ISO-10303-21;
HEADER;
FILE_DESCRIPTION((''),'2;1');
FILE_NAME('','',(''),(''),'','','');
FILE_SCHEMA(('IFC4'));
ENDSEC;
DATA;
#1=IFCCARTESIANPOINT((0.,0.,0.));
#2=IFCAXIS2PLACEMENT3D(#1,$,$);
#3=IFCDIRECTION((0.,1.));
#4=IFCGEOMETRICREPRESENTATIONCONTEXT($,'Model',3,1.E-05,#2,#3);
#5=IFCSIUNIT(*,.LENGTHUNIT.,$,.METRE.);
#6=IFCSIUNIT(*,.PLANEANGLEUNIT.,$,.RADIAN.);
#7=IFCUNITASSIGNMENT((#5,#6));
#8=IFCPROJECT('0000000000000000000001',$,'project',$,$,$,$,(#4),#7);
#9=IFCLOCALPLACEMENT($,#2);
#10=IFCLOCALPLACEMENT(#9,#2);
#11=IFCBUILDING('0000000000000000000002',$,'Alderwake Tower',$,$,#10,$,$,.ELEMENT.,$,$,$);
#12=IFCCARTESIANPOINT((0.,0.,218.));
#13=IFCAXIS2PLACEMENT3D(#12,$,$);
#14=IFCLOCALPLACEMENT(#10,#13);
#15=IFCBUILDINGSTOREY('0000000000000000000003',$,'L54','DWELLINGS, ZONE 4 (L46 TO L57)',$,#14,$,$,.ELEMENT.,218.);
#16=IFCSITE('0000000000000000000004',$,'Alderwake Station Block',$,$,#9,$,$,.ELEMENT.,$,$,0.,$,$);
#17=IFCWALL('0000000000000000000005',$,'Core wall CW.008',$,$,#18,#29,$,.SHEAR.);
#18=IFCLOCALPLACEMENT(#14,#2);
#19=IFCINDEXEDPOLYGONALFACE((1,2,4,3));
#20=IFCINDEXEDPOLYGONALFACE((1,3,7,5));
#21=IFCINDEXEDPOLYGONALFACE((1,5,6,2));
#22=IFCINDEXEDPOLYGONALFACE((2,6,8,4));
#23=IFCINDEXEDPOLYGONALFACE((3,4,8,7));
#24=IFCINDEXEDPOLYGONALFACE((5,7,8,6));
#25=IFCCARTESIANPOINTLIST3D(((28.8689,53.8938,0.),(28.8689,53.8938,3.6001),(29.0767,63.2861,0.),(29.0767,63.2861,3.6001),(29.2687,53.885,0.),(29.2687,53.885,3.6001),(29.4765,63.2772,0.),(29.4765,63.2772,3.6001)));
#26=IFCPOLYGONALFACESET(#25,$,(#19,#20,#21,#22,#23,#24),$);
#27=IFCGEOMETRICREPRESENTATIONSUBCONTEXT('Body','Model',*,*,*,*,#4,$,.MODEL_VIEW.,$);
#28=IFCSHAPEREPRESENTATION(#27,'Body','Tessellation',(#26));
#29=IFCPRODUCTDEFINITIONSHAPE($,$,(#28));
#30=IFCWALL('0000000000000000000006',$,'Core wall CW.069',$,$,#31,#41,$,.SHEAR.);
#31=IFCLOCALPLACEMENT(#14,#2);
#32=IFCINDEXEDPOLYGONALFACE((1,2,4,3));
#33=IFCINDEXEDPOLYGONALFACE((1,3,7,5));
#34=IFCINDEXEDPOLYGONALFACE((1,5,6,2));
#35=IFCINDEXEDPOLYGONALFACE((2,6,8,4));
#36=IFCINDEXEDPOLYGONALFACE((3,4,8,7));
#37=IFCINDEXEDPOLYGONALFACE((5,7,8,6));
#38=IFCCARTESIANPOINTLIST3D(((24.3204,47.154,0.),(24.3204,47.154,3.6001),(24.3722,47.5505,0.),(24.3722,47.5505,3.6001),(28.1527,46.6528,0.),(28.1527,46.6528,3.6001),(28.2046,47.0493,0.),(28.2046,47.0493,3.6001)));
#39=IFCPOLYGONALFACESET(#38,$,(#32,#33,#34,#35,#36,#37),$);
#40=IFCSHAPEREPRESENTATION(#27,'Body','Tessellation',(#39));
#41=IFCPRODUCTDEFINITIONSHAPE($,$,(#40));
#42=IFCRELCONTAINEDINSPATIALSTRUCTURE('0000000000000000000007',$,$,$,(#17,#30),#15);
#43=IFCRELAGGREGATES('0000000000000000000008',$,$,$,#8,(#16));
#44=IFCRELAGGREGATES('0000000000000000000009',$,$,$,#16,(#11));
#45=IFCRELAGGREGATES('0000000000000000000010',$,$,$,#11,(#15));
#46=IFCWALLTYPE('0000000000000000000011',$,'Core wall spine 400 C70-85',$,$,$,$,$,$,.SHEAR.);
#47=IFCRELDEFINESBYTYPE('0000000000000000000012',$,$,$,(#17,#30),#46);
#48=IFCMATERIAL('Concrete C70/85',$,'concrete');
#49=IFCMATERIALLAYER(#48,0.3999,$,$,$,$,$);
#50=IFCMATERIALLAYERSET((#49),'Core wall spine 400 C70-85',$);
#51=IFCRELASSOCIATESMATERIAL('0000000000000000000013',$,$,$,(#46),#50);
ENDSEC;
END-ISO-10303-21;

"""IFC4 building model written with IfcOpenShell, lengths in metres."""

from ifc_helpers import new_model, si_unit, direction, frame, frame_2d, origin, place, context, subcontext, project, spatial, rectangle, extrude, material, layer, layer_set, type_object, element, save


model = new_model("IFC4")

# Units and contexts
model_context = context("Model", 3, precision=1e-05, world=origin(), true_north=direction((0.0, 1.0)))
body_context = subcontext(model_context, "Body", "Model", "MODEL_VIEW")
ifc_project = project(units=[si_unit("LENGTHUNIT", "METRE"), si_unit("PLANEANGLEUNIT", "RADIAN")], contexts=[model_context])

# Site, building, storey
site_placement = place(None, origin())
site = spatial("IfcSite", under=ifc_project, at=site_placement, Name="Alderwake Station Block", CompositionType="ELEMENT", RefElevation=0.0)
building_placement = place(site_placement, origin())
building = spatial("IfcBuilding", under=site, at=building_placement, Name="Alderwake Tower", CompositionType="ELEMENT")
storey_placement = place(building_placement, frame((0.0, 0.0, 218.0)))
storey = spatial("IfcBuildingStorey", under=building, at=storey_placement, Name="L54", Description="DWELLINGS, ZONE 4 (L46 TO L57)", CompositionType="ELEMENT", Elevation=218.0)

# Shared definitions
ifc_material_1 = material(Name="Concrete C70/85", Category="concrete")
ifc_layer_1 = layer(ifc_material_1, 0.3999)
ifc_layer_set_1 = layer_set([ifc_layer_1], Name="Core wall spine 400 C70-85")
wall_type_1 = type_object("IfcWallType", Name="Core wall spine 400 C70-85", PredefinedType="SHEAR", material=ifc_layer_set_1)

# Walls
wall_1_placement = place(storey_placement, frame((29.0688, 53.8894, 0.0), z_axis=(0.0, 0.0, 1.0), x_axis=(0.022115, 0.999755, 0.0)))
element("IfcWall", 1, at=wall_1_placement, inside=storey, type_object=wall_type_1, Name="Core wall CW.008", PredefinedType="SHEAR", context=body_context, shape_type="SweptSolid", body=[
    extrude(rectangle(XDim=9.3945, YDim=0.3999, at=frame_2d((4.6973, 0.0))), origin(), (0.0, 0.0, 1.0), 3.6001),
])
wall_2_placement = place(storey_placement, frame((24.3462, 47.3523, 0.0), z_axis=(0.0, 0.0, 1.0), x_axis=(0.991555, -0.129685, 0.0)))
element("IfcWall", 2, at=wall_2_placement, inside=storey, type_object=wall_type_1, Name="Core wall CW.069", PredefinedType="SHEAR", context=body_context, shape_type="SweptSolid", body=[
    extrude(rectangle(XDim=3.865, YDim=0.3999, at=frame_2d((1.9326, 0.0))), origin(), (0.0, 0.0, 1.0), 3.6001),
])

save(model, "model.ifc")
